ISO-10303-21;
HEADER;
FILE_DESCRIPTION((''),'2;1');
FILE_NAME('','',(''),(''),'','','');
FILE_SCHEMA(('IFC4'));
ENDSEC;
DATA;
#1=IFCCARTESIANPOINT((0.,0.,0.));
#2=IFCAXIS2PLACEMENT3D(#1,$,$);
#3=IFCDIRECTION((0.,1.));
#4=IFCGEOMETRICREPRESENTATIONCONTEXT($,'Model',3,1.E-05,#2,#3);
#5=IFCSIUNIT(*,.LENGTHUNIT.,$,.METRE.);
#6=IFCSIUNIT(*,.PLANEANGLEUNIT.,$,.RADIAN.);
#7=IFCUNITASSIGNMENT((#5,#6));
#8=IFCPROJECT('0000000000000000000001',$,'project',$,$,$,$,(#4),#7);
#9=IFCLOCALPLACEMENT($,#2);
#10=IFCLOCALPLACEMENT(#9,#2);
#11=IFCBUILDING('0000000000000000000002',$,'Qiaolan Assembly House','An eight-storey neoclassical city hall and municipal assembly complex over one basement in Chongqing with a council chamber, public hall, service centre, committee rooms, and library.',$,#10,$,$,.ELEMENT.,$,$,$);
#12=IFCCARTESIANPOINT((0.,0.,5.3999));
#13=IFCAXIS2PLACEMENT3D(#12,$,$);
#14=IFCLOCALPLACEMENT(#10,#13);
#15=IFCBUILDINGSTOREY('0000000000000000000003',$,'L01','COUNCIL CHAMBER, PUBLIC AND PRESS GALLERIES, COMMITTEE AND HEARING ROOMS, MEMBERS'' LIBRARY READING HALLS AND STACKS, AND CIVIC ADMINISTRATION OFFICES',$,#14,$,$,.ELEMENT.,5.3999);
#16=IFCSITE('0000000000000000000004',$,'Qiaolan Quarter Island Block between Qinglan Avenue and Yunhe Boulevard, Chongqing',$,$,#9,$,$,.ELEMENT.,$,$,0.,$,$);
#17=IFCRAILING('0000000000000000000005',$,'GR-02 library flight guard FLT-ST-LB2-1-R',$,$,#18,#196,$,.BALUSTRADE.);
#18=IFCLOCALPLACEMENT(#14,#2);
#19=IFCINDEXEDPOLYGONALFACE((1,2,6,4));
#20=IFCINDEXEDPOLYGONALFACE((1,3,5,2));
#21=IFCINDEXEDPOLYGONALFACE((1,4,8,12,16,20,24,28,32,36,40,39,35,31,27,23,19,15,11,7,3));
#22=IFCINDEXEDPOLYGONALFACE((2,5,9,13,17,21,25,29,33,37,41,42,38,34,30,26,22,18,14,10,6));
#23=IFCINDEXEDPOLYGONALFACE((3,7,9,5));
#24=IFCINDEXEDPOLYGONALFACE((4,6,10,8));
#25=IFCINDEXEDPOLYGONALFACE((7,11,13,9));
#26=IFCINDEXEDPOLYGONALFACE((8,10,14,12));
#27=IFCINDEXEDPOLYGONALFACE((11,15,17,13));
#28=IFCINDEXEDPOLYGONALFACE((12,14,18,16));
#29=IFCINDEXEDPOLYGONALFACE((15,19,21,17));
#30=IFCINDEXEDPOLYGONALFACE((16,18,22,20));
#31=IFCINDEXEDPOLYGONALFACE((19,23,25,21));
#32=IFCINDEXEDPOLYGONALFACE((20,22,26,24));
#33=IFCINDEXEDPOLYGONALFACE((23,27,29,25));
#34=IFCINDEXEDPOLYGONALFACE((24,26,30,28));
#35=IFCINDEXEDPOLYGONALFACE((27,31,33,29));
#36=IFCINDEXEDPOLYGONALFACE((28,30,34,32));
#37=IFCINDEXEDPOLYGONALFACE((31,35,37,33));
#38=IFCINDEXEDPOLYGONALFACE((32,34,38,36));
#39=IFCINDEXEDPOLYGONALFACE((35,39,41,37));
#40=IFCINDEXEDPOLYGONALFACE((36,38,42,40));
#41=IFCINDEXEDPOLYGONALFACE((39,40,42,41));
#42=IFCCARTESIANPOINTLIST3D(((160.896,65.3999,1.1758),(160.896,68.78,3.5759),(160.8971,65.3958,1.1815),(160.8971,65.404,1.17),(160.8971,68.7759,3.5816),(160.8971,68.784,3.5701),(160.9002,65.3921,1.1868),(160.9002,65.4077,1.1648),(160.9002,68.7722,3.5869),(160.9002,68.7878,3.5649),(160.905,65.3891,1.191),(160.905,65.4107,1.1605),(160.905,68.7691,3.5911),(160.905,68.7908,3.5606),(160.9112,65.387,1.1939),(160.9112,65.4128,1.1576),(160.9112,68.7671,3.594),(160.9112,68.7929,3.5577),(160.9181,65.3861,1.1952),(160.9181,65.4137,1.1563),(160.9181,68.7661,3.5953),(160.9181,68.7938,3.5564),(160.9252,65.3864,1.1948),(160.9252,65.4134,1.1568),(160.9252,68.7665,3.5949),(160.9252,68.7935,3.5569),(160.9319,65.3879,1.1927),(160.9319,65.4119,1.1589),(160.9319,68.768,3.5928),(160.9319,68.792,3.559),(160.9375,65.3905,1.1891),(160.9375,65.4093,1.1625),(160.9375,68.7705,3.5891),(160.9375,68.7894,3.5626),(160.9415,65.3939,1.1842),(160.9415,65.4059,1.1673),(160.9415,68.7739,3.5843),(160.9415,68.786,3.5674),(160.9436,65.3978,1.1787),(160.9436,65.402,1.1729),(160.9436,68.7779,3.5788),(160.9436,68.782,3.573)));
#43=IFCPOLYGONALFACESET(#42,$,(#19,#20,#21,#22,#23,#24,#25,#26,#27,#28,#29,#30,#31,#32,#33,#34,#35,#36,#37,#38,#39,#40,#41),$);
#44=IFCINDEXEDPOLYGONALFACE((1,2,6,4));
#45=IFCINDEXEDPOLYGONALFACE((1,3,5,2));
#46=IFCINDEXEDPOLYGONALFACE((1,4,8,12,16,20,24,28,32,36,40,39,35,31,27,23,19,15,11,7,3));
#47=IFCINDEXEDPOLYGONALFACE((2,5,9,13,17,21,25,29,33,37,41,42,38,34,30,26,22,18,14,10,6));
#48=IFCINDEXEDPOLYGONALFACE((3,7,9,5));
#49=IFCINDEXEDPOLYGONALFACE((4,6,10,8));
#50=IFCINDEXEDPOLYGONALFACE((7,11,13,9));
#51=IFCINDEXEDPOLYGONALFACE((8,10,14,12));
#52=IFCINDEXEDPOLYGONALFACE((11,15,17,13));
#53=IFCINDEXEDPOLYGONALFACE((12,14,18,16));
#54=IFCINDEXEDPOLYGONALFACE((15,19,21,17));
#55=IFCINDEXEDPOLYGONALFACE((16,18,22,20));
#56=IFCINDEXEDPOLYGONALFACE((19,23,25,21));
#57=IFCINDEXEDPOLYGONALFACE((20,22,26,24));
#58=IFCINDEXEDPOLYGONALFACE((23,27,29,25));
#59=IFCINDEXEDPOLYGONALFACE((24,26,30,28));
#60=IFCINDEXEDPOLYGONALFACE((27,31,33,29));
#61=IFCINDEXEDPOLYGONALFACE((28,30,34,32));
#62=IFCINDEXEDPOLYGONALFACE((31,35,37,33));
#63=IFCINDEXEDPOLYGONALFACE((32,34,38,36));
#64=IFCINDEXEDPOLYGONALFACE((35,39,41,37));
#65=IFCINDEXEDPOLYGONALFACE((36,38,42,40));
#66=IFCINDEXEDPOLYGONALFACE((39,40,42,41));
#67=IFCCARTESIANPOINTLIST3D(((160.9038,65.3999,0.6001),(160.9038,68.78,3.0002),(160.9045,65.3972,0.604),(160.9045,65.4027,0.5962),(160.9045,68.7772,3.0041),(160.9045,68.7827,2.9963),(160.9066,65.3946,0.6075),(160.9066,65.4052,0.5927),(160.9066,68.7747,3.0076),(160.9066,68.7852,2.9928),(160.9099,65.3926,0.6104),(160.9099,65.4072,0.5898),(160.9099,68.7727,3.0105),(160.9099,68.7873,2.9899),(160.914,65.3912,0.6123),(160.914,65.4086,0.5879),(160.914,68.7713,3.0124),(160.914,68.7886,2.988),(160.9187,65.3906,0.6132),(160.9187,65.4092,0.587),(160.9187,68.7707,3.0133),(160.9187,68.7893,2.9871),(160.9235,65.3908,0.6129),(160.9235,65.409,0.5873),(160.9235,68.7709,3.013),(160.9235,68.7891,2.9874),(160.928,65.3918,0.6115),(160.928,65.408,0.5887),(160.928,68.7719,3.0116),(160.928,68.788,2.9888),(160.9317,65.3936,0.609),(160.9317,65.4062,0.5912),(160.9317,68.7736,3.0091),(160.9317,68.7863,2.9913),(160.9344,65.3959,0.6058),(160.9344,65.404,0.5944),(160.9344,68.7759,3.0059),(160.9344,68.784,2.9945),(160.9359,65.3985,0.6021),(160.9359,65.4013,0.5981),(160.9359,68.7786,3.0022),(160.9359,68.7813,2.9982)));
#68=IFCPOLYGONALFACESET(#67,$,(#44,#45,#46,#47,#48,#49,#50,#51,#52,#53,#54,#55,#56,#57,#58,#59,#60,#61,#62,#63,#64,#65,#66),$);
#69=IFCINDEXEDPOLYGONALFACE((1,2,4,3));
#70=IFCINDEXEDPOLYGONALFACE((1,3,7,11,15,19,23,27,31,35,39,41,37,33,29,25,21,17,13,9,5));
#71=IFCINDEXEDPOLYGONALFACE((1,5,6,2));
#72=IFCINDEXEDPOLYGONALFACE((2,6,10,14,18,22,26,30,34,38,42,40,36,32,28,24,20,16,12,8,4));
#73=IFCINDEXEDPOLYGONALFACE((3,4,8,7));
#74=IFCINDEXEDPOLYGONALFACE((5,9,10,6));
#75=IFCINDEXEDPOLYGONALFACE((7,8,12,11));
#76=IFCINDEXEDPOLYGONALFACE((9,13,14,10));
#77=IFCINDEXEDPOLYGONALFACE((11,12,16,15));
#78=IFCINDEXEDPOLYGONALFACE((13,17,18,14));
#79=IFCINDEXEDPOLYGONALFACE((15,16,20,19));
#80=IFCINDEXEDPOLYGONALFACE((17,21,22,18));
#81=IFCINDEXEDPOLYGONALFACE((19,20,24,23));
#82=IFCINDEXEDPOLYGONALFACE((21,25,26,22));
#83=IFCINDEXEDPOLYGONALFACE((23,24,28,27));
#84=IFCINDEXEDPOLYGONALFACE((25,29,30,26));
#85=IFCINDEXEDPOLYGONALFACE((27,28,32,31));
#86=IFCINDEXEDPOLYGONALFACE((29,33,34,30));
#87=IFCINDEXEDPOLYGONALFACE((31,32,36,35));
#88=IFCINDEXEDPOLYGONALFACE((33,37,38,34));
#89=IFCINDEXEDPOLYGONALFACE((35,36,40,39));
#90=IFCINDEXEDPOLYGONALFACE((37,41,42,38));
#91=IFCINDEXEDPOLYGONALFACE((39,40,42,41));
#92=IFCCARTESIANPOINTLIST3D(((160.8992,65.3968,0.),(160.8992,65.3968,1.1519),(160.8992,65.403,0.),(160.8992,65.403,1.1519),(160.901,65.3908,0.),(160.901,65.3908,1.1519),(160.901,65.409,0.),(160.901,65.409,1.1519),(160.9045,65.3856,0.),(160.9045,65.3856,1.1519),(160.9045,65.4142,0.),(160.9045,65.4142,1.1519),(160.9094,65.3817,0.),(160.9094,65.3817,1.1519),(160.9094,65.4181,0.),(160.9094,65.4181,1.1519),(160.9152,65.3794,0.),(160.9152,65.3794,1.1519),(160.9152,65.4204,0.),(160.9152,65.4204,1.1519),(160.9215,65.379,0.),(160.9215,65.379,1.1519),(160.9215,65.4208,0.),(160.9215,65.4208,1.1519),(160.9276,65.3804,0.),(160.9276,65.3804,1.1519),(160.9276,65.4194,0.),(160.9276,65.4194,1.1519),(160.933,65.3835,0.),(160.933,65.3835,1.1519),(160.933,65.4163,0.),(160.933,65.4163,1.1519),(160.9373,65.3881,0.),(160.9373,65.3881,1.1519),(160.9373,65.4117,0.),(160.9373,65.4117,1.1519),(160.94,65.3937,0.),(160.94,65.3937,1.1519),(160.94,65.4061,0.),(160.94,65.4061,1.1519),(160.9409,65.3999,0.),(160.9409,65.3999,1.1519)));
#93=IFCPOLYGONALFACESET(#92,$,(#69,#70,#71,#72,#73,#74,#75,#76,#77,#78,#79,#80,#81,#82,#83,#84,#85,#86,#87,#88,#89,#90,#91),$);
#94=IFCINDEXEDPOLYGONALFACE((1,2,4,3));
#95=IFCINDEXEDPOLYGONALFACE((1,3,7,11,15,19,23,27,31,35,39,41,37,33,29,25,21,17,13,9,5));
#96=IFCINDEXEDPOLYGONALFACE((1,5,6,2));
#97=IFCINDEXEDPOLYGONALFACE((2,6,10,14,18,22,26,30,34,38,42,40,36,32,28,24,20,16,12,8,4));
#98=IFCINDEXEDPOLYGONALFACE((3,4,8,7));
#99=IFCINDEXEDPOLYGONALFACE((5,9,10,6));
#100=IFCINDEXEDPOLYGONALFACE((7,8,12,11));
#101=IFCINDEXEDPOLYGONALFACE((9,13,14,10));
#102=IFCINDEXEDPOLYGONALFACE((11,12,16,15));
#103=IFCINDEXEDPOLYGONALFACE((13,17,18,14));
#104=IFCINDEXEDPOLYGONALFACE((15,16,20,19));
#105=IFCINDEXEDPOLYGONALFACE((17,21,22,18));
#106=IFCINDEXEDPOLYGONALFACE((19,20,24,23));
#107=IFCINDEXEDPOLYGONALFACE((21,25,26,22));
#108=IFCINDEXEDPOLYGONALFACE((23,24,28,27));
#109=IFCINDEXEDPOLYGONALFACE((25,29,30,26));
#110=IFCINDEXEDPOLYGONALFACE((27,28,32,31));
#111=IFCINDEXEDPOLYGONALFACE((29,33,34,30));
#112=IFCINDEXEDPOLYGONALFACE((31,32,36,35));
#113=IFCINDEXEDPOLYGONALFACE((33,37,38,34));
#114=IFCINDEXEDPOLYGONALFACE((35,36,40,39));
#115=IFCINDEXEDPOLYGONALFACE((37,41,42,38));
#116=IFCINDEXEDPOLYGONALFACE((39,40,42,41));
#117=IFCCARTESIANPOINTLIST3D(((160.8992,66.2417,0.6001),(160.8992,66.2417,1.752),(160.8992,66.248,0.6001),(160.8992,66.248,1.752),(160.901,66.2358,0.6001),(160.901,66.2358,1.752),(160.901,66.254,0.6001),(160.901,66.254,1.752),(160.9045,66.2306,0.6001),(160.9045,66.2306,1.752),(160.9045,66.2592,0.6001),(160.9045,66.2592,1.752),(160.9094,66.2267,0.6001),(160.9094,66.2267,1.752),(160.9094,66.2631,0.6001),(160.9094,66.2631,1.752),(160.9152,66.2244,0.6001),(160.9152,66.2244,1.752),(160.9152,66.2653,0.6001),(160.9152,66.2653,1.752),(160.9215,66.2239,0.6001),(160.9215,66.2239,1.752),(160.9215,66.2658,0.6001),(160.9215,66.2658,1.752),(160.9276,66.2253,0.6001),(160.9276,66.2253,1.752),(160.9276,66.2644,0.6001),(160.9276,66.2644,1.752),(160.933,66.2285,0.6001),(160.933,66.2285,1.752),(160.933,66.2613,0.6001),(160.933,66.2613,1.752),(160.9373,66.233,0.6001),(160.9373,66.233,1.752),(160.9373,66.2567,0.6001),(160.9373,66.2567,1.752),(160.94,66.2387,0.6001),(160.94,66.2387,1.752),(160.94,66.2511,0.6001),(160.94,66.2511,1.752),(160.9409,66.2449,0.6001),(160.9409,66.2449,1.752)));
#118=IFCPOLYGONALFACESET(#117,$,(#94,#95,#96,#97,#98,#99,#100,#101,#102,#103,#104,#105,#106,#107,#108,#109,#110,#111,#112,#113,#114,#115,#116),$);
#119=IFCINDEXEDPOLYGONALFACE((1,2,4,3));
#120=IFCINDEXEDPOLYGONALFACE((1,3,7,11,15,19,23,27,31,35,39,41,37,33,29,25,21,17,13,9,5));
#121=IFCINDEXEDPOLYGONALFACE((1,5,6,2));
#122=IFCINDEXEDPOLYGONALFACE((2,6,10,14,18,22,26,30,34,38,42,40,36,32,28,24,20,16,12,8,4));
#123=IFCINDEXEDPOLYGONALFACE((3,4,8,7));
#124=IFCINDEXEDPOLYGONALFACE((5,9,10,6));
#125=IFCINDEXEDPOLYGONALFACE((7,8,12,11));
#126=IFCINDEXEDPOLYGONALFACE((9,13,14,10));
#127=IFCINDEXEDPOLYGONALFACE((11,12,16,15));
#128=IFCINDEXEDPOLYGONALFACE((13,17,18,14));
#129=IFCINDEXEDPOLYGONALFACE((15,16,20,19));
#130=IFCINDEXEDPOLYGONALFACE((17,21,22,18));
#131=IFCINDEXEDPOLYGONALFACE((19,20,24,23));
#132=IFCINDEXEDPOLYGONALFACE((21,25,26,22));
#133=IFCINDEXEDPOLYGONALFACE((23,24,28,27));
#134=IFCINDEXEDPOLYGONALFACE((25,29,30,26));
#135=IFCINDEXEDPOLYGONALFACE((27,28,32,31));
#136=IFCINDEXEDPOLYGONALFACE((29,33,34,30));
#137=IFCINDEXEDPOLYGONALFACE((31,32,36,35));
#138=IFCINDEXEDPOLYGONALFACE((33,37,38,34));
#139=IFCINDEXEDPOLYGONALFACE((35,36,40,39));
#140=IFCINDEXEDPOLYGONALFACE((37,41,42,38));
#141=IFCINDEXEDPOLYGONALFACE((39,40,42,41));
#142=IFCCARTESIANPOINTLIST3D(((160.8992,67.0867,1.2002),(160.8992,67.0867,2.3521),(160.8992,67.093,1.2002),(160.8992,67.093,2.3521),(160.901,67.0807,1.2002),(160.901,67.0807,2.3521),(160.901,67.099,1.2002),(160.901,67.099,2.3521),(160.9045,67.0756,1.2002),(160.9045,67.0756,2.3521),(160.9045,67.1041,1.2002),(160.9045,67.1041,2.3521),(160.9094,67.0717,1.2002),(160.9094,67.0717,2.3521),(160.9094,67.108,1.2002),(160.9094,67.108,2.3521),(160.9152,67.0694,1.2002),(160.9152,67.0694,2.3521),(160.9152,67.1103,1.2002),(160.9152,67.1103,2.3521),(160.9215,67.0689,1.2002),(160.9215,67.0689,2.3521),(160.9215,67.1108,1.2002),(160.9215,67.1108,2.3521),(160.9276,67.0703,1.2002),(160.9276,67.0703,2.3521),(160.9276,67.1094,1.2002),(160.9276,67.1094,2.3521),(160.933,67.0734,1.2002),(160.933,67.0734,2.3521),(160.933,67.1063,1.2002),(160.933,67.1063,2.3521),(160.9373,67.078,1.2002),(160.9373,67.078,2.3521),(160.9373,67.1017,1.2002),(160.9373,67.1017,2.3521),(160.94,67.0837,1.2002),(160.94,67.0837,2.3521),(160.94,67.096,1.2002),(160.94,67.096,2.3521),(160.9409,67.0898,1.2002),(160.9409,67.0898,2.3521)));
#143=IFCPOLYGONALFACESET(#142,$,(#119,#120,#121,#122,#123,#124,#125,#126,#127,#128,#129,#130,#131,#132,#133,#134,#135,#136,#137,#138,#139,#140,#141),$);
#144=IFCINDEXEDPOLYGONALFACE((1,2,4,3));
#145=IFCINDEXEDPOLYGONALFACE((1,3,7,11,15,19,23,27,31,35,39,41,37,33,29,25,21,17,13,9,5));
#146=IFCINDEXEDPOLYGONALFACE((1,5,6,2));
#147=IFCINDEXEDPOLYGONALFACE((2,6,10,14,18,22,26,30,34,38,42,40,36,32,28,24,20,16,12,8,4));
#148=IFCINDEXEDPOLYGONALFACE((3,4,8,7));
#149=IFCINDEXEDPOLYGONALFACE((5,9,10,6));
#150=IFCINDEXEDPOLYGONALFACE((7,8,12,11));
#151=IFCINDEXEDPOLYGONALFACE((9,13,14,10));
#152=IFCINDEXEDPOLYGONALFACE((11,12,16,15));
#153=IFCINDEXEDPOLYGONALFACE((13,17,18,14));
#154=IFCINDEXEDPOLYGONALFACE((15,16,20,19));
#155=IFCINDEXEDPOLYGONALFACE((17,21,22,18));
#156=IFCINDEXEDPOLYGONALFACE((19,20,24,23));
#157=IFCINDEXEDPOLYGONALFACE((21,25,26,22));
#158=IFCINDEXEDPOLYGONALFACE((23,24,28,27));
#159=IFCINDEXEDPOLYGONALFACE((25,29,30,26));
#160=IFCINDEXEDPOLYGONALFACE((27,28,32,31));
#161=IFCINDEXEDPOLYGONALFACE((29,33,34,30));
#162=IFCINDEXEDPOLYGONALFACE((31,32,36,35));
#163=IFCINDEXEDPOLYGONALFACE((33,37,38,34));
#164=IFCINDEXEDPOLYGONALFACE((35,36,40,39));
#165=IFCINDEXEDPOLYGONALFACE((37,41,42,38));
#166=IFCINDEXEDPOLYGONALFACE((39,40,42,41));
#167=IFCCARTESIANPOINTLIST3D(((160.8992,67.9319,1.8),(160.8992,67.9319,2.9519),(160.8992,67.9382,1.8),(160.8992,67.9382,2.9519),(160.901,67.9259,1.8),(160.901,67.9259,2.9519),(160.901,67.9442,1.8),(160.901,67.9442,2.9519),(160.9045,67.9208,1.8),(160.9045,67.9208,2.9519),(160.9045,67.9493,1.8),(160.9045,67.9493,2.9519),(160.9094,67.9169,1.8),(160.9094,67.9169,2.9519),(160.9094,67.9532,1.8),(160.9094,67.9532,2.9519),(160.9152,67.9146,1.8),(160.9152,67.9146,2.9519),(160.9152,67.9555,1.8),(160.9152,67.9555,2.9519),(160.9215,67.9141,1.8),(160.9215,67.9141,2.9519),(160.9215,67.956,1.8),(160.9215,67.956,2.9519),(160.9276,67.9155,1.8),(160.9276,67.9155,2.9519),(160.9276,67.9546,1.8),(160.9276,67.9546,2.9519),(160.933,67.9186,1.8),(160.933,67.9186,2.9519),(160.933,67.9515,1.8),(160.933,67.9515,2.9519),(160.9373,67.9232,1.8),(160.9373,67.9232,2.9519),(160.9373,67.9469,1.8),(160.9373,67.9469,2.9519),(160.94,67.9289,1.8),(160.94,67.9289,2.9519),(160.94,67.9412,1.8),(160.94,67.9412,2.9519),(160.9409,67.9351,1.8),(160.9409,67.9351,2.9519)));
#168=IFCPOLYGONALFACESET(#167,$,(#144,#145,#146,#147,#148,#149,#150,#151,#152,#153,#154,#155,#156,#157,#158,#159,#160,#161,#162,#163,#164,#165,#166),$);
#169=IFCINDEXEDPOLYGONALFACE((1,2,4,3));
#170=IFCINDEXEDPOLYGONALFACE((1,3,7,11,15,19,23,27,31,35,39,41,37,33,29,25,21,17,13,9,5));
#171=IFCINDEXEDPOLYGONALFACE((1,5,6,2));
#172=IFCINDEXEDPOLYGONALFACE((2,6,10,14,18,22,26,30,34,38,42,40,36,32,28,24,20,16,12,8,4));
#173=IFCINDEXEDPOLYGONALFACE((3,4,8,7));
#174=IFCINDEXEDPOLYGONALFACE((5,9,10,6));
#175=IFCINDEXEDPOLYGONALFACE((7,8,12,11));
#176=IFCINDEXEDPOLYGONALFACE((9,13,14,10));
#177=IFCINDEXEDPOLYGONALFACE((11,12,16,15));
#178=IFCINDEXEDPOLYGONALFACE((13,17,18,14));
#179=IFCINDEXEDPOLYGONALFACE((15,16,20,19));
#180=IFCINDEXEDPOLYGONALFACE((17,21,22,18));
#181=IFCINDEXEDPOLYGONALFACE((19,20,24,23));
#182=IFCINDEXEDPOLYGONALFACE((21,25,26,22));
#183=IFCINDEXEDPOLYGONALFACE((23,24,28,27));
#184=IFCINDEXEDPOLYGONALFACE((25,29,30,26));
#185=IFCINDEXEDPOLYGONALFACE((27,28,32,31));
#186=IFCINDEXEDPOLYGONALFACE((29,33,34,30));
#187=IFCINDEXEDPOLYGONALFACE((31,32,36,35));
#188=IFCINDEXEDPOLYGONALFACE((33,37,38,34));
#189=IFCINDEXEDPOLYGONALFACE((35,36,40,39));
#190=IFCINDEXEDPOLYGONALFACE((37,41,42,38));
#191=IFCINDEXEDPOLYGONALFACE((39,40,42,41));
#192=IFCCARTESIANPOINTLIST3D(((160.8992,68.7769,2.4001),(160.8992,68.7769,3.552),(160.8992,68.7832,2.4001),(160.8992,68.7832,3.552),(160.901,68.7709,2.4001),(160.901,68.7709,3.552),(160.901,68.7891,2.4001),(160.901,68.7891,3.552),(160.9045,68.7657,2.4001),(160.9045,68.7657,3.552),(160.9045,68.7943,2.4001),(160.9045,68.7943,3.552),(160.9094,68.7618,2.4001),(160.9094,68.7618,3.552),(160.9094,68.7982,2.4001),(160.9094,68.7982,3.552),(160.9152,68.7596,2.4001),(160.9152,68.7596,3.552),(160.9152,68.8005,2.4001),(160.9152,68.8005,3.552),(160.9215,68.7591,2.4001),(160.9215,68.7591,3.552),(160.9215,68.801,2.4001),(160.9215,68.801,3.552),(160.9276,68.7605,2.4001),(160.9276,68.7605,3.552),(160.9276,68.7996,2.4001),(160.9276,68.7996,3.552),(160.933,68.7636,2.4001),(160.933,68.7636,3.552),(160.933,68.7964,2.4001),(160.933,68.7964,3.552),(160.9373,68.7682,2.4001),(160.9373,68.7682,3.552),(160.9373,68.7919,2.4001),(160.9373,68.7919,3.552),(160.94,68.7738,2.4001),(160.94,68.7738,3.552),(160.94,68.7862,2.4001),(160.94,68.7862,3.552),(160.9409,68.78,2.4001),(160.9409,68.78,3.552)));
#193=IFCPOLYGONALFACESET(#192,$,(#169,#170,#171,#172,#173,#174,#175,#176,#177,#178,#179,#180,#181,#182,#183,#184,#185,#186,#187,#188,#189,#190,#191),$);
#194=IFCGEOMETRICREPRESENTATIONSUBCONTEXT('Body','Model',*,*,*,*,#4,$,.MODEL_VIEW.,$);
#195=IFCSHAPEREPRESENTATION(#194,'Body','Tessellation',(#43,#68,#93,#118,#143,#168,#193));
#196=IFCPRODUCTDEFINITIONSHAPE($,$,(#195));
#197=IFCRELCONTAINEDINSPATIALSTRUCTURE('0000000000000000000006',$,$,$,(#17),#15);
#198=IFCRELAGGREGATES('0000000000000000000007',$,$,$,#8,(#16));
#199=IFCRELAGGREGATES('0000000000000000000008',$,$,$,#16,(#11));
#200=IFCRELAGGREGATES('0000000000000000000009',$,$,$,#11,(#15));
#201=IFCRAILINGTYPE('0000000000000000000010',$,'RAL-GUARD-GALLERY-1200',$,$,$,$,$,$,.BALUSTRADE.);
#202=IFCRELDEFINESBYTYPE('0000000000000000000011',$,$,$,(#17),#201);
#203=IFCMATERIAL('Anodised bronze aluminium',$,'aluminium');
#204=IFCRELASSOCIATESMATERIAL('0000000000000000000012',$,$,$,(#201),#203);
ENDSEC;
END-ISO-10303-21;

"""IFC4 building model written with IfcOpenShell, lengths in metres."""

from ifc_helpers import new_model, si_unit, direction, frame, origin, origin_2d, place, context, subcontext, project, spatial, circle, extrude, material, type_object, element, save


model = new_model("IFC4")

# Units and contexts
model_context = context("Model", 3, precision=1e-05, world=origin(), true_north=direction((0.0, 1.0)))
body_context = subcontext(model_context, "Body", "Model", "MODEL_VIEW")
ifc_project = project(units=[si_unit("LENGTHUNIT", "METRE"), si_unit("PLANEANGLEUNIT", "RADIAN")], contexts=[model_context])

# Site, building, storey
site_placement = place(None, origin())
site = spatial("IfcSite", under=ifc_project, at=site_placement, Name="Qiaolan Quarter Island Block between Qinglan Avenue and Yunhe Boulevard, Chongqing", CompositionType="ELEMENT", RefElevation=0.0)
building_placement = place(site_placement, origin())
building = spatial("IfcBuilding", under=site, at=building_placement, Name="Qiaolan Assembly House", Description="An eight-storey neoclassical city hall and municipal assembly complex over one basement in Chongqing with a council chamber, public hall, service centre, committee rooms, and library.", CompositionType="ELEMENT")
storey_placement = place(building_placement, frame((0.0, 0.0, 5.3999)))
storey = spatial("IfcBuildingStorey", under=building, at=storey_placement, Name="L01", Description="COUNCIL CHAMBER, PUBLIC AND PRESS GALLERIES, COMMITTEE AND HEARING ROOMS, MEMBERS' LIBRARY READING HALLS AND STACKS, AND CIVIC ADMINISTRATION OFFICES", CompositionType="ELEMENT", Elevation=5.3999)

# Railing
ifc_material_1 = material(Name="Anodised bronze aluminium", Category="aluminium")
railing_type = type_object("IfcRailingType", Name="RAL-GUARD-GALLERY-1200", PredefinedType="BALUSTRADE", material=ifc_material_1)
for number, where, name in (
    (1, (160.9199, 65.3999, 0.0), "GR-02 library flight guard FLT-ST-LB2-1-R"),
):
    element("IfcRailing", number, at=place(storey_placement, frame(where)), inside=storey, type_object=railing_type, Name=name, PredefinedType="BALUSTRADE", context=body_context, shape_type="SweptSolid", body=[
        extrude(circle(Radius=0.0239, at=origin_2d()), frame((0.0, 0.0, 1.1758), z_axis=(0.0, 0.815354, 0.578963), x_axis=(-1.0, 0.0, 0.0)), (0.0, 0.0, 1.0), 4.1455),
        extrude(circle(Radius=0.0161, at=origin_2d()), frame((0.0, 0.0, 0.6001), z_axis=(0.0, 0.815354, 0.578963), x_axis=(-1.0, 0.0, 0.0)), (0.0, 0.0, 1.0), 4.1455),
        extrude(circle(Radius=0.021, at=origin_2d()), origin(), (0.0, 0.0, 1.0), 1.1519),
        extrude(circle(Radius=0.021, at=origin_2d()), frame((0.0, 0.845, 0.6001)), (0.0, 0.0, 1.0), 1.1519),
        extrude(circle(Radius=0.021, at=origin_2d()), frame((0.0, 1.6899, 1.2002)), (0.0, 0.0, 1.0), 1.1519),
        extrude(circle(Radius=0.021, at=origin_2d()), frame((0.0, 2.5352, 1.8)), (0.0, 0.0, 1.0), 1.1519),
        extrude(circle(Radius=0.021, at=origin_2d()), frame((0.0, 3.3801, 2.4001)), (0.0, 0.0, 1.0), 1.1519),
    ])

save(model, "model.ifc")
